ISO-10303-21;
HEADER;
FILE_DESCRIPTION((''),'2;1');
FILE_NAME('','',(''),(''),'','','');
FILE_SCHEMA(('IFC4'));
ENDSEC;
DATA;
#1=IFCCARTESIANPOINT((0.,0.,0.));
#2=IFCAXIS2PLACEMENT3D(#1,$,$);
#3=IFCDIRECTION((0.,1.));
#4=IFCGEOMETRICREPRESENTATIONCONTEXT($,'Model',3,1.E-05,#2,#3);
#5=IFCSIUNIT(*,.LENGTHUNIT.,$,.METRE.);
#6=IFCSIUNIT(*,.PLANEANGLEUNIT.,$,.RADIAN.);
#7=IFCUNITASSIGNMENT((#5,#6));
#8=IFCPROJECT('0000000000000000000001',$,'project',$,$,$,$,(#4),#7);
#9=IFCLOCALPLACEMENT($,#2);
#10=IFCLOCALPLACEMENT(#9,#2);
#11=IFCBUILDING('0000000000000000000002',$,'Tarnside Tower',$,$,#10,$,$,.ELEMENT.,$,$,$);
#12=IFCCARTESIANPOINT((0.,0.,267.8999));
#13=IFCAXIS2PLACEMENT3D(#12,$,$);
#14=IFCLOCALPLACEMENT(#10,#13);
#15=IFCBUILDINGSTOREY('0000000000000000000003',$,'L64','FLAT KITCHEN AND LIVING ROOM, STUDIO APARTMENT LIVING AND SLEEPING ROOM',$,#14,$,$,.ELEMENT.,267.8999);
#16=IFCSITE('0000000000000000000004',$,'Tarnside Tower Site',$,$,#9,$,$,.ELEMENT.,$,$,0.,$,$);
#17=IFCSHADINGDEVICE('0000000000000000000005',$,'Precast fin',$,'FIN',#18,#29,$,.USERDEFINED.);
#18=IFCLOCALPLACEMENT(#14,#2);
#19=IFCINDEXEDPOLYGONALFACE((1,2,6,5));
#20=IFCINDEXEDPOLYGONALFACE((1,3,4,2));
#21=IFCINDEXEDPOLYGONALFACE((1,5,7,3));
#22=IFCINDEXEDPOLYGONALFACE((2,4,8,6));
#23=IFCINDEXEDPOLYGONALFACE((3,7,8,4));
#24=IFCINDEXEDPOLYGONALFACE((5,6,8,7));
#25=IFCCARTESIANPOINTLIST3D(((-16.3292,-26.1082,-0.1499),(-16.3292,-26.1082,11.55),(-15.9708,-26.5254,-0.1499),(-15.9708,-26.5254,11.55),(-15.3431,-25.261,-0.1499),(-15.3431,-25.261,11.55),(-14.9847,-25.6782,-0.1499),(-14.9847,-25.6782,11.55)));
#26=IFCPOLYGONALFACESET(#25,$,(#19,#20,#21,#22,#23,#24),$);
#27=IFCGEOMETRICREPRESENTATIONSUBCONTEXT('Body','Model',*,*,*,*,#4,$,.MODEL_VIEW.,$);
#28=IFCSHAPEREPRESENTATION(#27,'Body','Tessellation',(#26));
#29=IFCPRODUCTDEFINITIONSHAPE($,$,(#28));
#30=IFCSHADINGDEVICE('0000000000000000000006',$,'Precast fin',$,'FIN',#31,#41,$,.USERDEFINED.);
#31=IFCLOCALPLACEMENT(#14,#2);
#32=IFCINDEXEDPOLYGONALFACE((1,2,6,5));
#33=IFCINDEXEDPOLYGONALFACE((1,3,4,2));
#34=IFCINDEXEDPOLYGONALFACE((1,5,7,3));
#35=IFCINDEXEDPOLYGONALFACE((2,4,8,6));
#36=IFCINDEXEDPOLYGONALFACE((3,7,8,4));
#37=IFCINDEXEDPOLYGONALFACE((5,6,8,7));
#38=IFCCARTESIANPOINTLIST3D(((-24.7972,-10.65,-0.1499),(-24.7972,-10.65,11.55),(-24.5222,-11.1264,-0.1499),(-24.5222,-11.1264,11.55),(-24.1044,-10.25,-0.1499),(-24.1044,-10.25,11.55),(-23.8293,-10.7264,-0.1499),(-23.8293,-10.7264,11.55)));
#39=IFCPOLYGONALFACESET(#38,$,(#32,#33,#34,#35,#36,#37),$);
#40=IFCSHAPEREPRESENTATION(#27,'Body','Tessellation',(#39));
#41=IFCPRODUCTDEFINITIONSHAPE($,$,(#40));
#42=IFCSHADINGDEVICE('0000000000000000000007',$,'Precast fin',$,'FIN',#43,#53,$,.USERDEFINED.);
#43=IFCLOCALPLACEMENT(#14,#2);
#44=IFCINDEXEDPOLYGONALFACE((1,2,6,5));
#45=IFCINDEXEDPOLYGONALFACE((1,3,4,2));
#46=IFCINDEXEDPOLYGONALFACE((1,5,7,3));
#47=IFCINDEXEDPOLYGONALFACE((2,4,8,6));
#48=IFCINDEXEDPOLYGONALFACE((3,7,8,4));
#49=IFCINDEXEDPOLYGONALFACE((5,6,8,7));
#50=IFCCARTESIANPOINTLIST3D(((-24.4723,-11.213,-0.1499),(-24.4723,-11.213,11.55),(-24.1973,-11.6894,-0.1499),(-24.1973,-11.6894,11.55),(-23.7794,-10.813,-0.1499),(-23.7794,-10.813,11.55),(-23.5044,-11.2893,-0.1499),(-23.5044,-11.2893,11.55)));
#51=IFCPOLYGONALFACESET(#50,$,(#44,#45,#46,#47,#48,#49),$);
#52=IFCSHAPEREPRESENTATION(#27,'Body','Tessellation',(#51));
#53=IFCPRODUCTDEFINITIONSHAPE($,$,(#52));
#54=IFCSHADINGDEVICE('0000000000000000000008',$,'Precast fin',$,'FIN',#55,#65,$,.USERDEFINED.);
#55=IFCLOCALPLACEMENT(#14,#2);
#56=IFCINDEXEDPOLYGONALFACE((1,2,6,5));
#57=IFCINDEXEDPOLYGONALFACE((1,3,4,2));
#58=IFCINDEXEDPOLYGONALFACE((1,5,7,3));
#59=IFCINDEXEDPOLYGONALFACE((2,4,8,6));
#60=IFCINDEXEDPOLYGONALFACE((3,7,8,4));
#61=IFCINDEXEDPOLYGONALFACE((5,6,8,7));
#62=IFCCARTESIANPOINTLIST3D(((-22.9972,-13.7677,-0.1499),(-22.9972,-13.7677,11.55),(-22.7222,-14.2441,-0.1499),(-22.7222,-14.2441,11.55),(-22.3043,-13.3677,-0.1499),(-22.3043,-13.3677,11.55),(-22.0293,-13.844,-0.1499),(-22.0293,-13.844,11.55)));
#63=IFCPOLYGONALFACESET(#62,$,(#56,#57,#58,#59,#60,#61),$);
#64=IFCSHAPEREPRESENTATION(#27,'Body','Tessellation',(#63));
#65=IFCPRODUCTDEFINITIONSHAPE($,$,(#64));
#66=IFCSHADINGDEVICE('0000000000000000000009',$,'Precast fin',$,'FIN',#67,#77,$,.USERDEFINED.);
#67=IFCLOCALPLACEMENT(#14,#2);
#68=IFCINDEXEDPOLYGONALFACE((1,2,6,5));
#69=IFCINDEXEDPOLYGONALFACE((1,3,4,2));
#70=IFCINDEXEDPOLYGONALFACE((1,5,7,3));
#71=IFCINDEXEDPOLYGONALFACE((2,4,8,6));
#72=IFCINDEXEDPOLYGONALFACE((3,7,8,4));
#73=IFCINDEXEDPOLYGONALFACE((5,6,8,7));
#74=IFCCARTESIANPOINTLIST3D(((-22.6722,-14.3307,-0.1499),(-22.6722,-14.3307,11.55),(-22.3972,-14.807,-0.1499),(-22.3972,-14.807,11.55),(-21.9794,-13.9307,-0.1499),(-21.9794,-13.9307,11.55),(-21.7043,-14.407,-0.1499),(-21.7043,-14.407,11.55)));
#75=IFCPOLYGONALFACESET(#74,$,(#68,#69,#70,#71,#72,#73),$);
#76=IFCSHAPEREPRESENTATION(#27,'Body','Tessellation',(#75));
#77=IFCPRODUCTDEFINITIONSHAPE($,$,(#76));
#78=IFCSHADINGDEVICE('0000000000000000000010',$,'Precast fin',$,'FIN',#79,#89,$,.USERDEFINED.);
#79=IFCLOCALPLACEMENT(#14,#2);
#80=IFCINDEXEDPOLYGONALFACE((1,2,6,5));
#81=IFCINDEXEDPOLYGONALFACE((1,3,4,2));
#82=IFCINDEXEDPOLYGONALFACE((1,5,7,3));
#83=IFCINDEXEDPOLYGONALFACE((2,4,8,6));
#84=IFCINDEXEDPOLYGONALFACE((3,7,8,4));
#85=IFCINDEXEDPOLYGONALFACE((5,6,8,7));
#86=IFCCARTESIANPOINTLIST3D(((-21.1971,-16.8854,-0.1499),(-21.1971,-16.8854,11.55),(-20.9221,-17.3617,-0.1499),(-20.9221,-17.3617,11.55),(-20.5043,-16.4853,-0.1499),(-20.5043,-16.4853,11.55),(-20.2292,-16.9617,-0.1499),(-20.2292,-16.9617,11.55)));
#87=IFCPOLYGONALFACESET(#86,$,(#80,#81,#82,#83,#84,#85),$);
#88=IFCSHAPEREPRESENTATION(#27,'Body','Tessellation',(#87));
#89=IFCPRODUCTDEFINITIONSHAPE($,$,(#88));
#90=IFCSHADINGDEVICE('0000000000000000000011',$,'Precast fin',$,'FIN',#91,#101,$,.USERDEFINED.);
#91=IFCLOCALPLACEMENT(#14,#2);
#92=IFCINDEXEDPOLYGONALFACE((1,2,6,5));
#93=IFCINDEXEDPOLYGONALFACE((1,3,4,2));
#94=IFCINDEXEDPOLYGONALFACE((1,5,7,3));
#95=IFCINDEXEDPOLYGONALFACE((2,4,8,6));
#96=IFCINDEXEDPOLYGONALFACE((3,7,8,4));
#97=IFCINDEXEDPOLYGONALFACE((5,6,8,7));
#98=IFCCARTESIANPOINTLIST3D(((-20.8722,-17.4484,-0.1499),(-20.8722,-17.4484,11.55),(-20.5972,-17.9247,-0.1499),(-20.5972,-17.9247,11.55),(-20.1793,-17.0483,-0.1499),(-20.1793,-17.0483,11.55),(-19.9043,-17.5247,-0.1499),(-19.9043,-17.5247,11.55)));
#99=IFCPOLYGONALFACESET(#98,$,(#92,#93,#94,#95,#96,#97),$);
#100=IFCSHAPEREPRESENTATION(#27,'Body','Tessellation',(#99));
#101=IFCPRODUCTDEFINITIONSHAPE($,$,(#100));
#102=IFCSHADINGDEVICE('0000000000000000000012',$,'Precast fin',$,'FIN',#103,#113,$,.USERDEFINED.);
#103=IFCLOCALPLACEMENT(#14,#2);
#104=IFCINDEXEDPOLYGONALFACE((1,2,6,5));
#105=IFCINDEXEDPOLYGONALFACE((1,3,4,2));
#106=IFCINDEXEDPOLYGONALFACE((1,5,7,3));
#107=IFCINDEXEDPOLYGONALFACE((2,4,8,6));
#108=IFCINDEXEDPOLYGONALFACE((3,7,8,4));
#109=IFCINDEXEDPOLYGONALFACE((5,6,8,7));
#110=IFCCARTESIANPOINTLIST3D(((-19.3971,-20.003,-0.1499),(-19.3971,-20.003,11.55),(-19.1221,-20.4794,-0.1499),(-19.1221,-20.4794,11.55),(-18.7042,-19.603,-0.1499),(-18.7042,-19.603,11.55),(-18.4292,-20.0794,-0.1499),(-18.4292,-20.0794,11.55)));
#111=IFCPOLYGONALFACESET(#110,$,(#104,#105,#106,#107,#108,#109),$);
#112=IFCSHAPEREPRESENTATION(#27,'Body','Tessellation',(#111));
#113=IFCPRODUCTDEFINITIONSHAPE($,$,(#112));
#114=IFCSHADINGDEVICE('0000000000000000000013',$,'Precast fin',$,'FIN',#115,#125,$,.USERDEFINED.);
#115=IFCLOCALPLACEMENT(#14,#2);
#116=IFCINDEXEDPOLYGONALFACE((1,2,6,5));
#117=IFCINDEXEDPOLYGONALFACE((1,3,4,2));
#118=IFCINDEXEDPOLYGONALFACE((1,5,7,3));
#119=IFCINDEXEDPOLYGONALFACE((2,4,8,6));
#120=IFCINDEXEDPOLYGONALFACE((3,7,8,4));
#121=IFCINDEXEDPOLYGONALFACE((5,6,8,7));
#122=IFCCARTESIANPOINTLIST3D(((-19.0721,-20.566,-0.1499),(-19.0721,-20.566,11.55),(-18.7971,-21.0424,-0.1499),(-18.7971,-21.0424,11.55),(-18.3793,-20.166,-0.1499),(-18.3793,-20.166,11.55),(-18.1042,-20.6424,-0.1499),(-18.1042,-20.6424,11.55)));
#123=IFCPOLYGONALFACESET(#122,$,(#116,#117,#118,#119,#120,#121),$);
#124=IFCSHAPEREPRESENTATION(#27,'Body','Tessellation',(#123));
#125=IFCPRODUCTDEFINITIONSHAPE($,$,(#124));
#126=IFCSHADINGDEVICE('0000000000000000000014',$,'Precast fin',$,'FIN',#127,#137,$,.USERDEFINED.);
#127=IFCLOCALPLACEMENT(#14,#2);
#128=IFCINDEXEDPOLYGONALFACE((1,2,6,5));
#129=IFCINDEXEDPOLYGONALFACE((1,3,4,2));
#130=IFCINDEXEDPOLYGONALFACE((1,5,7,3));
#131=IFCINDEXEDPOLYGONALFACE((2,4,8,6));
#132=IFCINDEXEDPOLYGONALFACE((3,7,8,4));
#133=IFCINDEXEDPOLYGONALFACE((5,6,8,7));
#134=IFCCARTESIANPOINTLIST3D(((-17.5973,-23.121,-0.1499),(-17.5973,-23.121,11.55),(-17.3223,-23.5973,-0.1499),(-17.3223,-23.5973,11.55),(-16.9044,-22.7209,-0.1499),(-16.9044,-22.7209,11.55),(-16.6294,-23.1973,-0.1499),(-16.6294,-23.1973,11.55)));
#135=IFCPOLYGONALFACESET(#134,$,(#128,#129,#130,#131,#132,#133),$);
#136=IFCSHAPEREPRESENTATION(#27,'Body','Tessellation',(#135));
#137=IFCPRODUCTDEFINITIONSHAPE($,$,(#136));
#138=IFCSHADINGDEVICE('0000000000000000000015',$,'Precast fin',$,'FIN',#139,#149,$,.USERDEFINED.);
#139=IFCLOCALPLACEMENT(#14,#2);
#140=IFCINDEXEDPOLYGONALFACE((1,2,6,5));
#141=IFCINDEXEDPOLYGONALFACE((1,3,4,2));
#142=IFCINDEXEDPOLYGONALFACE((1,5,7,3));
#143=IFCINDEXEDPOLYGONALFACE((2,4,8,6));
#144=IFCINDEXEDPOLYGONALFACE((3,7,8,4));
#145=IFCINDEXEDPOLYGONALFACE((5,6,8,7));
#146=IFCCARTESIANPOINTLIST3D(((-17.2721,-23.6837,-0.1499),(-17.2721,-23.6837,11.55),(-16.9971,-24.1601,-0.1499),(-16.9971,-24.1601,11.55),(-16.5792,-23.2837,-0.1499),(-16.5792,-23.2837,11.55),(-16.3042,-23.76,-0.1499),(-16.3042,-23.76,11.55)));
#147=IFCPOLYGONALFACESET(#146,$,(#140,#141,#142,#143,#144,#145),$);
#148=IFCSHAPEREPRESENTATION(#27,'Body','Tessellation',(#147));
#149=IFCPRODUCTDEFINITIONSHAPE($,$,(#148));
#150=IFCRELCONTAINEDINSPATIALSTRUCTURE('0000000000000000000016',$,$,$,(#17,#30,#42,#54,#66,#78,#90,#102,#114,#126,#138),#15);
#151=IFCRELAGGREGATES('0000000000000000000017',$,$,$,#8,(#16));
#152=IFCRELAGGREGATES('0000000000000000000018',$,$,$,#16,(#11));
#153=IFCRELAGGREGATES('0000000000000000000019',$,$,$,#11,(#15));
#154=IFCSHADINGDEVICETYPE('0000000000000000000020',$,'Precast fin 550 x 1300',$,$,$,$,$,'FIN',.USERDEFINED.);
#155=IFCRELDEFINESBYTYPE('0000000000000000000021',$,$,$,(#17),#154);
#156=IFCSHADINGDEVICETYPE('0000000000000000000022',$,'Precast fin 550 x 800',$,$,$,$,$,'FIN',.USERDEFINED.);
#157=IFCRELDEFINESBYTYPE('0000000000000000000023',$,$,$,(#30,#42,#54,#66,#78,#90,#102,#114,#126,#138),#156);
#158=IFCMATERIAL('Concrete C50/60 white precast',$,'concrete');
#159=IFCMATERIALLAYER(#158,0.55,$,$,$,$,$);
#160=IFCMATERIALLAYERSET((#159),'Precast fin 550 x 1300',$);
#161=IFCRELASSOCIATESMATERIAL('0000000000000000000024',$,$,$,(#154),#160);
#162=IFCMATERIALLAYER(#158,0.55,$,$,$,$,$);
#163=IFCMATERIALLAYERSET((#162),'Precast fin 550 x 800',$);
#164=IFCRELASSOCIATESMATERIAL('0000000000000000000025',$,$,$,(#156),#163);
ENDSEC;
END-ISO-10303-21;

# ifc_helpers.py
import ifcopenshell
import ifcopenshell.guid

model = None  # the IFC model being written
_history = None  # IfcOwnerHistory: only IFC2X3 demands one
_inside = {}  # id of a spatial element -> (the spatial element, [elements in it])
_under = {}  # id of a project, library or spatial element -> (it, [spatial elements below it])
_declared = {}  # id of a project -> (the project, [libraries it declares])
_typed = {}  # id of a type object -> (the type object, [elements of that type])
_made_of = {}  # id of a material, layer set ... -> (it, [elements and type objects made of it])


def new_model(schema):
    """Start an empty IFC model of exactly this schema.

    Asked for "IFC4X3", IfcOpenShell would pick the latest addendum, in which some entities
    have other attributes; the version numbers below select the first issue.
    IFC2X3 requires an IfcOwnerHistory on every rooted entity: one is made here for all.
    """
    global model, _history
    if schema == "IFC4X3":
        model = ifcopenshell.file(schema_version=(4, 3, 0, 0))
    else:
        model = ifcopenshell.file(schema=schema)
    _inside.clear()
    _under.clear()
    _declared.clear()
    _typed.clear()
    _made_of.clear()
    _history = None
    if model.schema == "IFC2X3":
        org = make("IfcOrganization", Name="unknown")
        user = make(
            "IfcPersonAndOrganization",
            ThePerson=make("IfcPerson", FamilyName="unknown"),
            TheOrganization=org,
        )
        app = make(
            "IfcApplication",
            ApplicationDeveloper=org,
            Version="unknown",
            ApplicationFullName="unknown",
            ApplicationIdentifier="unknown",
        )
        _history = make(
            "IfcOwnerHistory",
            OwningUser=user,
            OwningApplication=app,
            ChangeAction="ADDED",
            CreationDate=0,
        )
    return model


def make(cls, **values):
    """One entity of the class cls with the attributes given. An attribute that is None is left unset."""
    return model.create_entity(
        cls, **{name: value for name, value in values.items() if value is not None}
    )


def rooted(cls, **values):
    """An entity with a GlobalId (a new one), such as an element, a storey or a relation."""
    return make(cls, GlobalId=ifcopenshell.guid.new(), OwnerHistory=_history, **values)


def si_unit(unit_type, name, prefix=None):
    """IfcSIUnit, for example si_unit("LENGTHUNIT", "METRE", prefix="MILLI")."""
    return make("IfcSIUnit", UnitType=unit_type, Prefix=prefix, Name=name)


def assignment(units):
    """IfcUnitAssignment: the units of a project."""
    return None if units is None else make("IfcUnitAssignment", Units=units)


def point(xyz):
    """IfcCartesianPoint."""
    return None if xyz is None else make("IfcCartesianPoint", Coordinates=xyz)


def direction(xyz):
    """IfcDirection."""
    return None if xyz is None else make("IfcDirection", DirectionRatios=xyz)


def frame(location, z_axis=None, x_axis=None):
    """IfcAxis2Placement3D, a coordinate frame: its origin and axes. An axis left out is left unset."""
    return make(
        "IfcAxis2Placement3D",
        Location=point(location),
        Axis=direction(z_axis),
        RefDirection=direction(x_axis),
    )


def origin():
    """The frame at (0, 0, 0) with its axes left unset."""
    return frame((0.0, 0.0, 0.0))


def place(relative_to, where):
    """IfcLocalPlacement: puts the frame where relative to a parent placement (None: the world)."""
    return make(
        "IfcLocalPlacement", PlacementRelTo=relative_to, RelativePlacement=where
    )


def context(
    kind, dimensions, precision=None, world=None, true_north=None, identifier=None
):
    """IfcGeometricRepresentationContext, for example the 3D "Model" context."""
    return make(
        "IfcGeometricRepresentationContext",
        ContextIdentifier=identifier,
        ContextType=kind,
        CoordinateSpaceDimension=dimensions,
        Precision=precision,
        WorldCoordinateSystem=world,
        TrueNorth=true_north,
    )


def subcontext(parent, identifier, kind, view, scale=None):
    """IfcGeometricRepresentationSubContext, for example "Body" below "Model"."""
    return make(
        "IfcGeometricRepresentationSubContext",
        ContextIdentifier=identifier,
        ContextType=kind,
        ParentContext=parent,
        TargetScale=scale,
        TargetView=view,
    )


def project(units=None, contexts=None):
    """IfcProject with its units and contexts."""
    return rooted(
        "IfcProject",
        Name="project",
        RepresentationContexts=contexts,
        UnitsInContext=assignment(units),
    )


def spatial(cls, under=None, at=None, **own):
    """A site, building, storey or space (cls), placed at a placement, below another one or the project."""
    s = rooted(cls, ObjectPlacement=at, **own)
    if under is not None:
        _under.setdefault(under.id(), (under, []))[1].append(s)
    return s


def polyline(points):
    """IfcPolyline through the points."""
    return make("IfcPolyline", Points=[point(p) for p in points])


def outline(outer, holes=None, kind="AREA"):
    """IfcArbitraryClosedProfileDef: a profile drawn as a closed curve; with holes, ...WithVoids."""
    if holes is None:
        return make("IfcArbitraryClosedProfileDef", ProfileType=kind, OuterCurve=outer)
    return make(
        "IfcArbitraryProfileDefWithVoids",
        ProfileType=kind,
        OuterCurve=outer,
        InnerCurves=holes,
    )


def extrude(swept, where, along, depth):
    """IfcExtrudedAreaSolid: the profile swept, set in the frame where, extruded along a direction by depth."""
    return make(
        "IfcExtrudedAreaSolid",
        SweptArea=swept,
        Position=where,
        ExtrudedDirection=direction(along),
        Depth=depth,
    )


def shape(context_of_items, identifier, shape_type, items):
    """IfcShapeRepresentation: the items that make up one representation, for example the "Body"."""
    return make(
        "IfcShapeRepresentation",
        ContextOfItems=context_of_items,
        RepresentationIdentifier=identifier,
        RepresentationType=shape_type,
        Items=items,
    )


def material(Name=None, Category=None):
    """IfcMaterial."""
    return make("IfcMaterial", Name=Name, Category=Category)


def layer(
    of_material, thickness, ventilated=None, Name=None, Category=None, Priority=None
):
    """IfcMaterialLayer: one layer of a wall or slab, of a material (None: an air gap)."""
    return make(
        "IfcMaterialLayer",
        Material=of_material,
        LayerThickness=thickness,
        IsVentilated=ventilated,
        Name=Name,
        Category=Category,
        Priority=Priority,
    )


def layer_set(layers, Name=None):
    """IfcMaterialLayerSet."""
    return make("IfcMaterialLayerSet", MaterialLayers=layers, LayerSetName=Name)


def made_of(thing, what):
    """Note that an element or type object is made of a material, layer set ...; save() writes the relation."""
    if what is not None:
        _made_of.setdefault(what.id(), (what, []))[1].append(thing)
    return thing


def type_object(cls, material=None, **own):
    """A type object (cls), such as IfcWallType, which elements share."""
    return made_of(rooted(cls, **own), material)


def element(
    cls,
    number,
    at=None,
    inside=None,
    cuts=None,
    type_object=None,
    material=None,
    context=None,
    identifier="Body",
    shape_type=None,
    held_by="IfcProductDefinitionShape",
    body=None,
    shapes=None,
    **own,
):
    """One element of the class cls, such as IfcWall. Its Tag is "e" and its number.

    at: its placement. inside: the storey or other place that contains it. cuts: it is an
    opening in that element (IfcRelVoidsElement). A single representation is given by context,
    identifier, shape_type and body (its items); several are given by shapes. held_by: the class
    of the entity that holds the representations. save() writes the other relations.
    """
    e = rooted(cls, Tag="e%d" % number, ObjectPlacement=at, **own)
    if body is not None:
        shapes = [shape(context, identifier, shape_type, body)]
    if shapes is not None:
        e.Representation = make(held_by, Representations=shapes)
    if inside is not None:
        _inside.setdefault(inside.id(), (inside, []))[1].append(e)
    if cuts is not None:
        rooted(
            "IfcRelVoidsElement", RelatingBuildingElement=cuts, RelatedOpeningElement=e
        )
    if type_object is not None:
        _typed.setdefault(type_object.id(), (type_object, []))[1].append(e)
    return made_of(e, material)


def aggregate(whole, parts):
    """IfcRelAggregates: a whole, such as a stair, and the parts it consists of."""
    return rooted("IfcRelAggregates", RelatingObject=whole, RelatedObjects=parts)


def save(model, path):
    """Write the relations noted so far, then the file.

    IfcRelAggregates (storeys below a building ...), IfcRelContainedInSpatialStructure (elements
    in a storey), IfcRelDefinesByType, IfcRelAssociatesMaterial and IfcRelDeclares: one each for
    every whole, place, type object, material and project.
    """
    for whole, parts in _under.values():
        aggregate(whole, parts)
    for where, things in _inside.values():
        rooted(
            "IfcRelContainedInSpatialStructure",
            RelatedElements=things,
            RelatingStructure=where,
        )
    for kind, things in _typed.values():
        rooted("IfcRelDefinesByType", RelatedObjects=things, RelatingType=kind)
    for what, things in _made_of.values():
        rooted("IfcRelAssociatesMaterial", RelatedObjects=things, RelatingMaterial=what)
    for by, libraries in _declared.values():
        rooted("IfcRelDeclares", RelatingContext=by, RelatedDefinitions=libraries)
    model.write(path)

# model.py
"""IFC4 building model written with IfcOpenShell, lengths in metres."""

from ifc_helpers import new_model, si_unit, direction, frame, origin, place, context, subcontext, project, spatial, polyline, outline, extrude, material, layer, layer_set, type_object, element, save


model = new_model("IFC4")

# Units and contexts
model_context = context("Model", 3, precision=1e-05, world=origin(), true_north=direction((0.0, 1.0)))
body_context = subcontext(model_context, "Body", "Model", "MODEL_VIEW")
ifc_project = project(units=[si_unit("LENGTHUNIT", "METRE"), si_unit("PLANEANGLEUNIT", "RADIAN")], contexts=[model_context])

# Site, building, storey
site_placement = place(None, origin())
site = spatial("IfcSite", under=ifc_project, at=site_placement, Name="Tarnside Tower Site", CompositionType="ELEMENT", RefElevation=0.0)
building_placement = place(site_placement, origin())
building = spatial("IfcBuilding", under=site, at=building_placement, Name="Tarnside Tower", CompositionType="ELEMENT")
storey_placement = place(building_placement, frame((0.0, 0.0, 267.8999)))
storey = spatial("IfcBuildingStorey", under=building, at=storey_placement, Name="L64", Description="FLAT KITCHEN AND LIVING ROOM, STUDIO APARTMENT LIVING AND SLEEPING ROOM", CompositionType="ELEMENT", Elevation=267.8999)

# Shading devices
ifc_material_1 = material(Name="Concrete C50/60 white precast", Category="concrete")
ifc_layer_1 = layer(ifc_material_1, 0.55)
ifc_layer_set_1 = layer_set([ifc_layer_1], Name="Precast fin 550 x 1300")
shading_device_type_1 = type_object("IfcShadingDeviceType", Name="Precast fin 550 x 1300", ElementType="FIN", PredefinedType="USERDEFINED", material=ifc_layer_set_1)
shading_device_placement = place(storey_placement, frame((-15.1638, -25.4697, -0.1499), z_axis=(-0.651657, 0.758514, 0.0), x_axis=(-0.758514, -0.651657, 0.0)))
element("IfcShadingDevice", 1, at=shading_device_placement, inside=storey, type_object=shading_device_type_1, Name="Precast fin", ObjectType="FIN", PredefinedType="USERDEFINED", context=body_context, shape_type="SweptSolid", body=[
    extrude(outline(polyline([(0.0, 0.0), (1.3, 0.0), (1.3, 11.7), (0.0, 11.7), (0.0, 0.0)])), frame((0.0, 0.0, -0.2749)), (0.0, 0.0, 1.0), 0.55),
])
ifc_layer_2 = layer(ifc_material_1, 0.55)
ifc_layer_set_2 = layer_set([ifc_layer_2], Name="Precast fin 550 x 800")
shading_device_type_2 = type_object("IfcShadingDeviceType", Name="Precast fin 550 x 800", ElementType="FIN", PredefinedType="USERDEFINED", material=ifc_layer_set_2)
for number, where, z_axis, x_axis, name in (
    (2, (-23.9668, -10.4883, -0.1499), (-0.5, 0.866025, 0.0), (-0.866025, -0.5, 0.0), "Precast fin"),
    (3, (-23.6418, -11.0513, -0.1499), (-0.5, 0.866025, 0.0), (-0.866025, -0.5, 0.0), "Precast fin"),
    (4, (-22.1667, -13.606, -0.1499), (-0.5, 0.866025, 0.0), (-0.866025, -0.5, 0.0), "Precast fin"),
    (5, (-21.8418, -14.1689, -0.1499), (-0.5, 0.866025, 0.0), (-0.866025, -0.5, 0.0), "Precast fin"),
    (6, (-20.3667, -16.7236, -0.1499), (-0.5, 0.866025, 0.0), (-0.866025, -0.5, 0.0), "Precast fin"),
    (7, (-20.0417, -17.2866, -0.1499), (-0.5, 0.866025, 0.0), (-0.866025, -0.5, 0.0), "Precast fin"),
    (8, (-18.5667, -19.8413, -0.1499), (-0.5, 0.866025, 0.0), (-0.866025, -0.5, 0.0), "Precast fin"),
    (9, (-18.2417, -20.4043, -0.1499), (-0.5, 0.866025, 0.0), (-0.866025, -0.5, 0.0), "Precast fin"),
    (10, (-16.7668, -22.9592, -0.1499), (-0.5, 0.866025, 0.0), (-0.866025, -0.5, 0.0), "Precast fin"),
    (11, (-16.4417, -23.522, -0.1499), (-0.5, 0.866025, 0.0), (-0.866025, -0.5, 0.0), "Precast fin"),
):
    element("IfcShadingDevice", number, at=place(storey_placement, frame(where, z_axis=z_axis, x_axis=x_axis)), inside=storey, type_object=shading_device_type_2, Name=name, ObjectType="FIN", PredefinedType="USERDEFINED", context=body_context, shape_type="SweptSolid", body=[
        extrude(outline(polyline([(0.0, 0.0), (0.8, 0.0), (0.8, 11.7), (0.0, 11.7), (0.0, 0.0)])), frame((0.0, 0.0, -0.2749)), (0.0, 0.0, 1.0), 0.55),
    ])

save(model, "model.ifc")
